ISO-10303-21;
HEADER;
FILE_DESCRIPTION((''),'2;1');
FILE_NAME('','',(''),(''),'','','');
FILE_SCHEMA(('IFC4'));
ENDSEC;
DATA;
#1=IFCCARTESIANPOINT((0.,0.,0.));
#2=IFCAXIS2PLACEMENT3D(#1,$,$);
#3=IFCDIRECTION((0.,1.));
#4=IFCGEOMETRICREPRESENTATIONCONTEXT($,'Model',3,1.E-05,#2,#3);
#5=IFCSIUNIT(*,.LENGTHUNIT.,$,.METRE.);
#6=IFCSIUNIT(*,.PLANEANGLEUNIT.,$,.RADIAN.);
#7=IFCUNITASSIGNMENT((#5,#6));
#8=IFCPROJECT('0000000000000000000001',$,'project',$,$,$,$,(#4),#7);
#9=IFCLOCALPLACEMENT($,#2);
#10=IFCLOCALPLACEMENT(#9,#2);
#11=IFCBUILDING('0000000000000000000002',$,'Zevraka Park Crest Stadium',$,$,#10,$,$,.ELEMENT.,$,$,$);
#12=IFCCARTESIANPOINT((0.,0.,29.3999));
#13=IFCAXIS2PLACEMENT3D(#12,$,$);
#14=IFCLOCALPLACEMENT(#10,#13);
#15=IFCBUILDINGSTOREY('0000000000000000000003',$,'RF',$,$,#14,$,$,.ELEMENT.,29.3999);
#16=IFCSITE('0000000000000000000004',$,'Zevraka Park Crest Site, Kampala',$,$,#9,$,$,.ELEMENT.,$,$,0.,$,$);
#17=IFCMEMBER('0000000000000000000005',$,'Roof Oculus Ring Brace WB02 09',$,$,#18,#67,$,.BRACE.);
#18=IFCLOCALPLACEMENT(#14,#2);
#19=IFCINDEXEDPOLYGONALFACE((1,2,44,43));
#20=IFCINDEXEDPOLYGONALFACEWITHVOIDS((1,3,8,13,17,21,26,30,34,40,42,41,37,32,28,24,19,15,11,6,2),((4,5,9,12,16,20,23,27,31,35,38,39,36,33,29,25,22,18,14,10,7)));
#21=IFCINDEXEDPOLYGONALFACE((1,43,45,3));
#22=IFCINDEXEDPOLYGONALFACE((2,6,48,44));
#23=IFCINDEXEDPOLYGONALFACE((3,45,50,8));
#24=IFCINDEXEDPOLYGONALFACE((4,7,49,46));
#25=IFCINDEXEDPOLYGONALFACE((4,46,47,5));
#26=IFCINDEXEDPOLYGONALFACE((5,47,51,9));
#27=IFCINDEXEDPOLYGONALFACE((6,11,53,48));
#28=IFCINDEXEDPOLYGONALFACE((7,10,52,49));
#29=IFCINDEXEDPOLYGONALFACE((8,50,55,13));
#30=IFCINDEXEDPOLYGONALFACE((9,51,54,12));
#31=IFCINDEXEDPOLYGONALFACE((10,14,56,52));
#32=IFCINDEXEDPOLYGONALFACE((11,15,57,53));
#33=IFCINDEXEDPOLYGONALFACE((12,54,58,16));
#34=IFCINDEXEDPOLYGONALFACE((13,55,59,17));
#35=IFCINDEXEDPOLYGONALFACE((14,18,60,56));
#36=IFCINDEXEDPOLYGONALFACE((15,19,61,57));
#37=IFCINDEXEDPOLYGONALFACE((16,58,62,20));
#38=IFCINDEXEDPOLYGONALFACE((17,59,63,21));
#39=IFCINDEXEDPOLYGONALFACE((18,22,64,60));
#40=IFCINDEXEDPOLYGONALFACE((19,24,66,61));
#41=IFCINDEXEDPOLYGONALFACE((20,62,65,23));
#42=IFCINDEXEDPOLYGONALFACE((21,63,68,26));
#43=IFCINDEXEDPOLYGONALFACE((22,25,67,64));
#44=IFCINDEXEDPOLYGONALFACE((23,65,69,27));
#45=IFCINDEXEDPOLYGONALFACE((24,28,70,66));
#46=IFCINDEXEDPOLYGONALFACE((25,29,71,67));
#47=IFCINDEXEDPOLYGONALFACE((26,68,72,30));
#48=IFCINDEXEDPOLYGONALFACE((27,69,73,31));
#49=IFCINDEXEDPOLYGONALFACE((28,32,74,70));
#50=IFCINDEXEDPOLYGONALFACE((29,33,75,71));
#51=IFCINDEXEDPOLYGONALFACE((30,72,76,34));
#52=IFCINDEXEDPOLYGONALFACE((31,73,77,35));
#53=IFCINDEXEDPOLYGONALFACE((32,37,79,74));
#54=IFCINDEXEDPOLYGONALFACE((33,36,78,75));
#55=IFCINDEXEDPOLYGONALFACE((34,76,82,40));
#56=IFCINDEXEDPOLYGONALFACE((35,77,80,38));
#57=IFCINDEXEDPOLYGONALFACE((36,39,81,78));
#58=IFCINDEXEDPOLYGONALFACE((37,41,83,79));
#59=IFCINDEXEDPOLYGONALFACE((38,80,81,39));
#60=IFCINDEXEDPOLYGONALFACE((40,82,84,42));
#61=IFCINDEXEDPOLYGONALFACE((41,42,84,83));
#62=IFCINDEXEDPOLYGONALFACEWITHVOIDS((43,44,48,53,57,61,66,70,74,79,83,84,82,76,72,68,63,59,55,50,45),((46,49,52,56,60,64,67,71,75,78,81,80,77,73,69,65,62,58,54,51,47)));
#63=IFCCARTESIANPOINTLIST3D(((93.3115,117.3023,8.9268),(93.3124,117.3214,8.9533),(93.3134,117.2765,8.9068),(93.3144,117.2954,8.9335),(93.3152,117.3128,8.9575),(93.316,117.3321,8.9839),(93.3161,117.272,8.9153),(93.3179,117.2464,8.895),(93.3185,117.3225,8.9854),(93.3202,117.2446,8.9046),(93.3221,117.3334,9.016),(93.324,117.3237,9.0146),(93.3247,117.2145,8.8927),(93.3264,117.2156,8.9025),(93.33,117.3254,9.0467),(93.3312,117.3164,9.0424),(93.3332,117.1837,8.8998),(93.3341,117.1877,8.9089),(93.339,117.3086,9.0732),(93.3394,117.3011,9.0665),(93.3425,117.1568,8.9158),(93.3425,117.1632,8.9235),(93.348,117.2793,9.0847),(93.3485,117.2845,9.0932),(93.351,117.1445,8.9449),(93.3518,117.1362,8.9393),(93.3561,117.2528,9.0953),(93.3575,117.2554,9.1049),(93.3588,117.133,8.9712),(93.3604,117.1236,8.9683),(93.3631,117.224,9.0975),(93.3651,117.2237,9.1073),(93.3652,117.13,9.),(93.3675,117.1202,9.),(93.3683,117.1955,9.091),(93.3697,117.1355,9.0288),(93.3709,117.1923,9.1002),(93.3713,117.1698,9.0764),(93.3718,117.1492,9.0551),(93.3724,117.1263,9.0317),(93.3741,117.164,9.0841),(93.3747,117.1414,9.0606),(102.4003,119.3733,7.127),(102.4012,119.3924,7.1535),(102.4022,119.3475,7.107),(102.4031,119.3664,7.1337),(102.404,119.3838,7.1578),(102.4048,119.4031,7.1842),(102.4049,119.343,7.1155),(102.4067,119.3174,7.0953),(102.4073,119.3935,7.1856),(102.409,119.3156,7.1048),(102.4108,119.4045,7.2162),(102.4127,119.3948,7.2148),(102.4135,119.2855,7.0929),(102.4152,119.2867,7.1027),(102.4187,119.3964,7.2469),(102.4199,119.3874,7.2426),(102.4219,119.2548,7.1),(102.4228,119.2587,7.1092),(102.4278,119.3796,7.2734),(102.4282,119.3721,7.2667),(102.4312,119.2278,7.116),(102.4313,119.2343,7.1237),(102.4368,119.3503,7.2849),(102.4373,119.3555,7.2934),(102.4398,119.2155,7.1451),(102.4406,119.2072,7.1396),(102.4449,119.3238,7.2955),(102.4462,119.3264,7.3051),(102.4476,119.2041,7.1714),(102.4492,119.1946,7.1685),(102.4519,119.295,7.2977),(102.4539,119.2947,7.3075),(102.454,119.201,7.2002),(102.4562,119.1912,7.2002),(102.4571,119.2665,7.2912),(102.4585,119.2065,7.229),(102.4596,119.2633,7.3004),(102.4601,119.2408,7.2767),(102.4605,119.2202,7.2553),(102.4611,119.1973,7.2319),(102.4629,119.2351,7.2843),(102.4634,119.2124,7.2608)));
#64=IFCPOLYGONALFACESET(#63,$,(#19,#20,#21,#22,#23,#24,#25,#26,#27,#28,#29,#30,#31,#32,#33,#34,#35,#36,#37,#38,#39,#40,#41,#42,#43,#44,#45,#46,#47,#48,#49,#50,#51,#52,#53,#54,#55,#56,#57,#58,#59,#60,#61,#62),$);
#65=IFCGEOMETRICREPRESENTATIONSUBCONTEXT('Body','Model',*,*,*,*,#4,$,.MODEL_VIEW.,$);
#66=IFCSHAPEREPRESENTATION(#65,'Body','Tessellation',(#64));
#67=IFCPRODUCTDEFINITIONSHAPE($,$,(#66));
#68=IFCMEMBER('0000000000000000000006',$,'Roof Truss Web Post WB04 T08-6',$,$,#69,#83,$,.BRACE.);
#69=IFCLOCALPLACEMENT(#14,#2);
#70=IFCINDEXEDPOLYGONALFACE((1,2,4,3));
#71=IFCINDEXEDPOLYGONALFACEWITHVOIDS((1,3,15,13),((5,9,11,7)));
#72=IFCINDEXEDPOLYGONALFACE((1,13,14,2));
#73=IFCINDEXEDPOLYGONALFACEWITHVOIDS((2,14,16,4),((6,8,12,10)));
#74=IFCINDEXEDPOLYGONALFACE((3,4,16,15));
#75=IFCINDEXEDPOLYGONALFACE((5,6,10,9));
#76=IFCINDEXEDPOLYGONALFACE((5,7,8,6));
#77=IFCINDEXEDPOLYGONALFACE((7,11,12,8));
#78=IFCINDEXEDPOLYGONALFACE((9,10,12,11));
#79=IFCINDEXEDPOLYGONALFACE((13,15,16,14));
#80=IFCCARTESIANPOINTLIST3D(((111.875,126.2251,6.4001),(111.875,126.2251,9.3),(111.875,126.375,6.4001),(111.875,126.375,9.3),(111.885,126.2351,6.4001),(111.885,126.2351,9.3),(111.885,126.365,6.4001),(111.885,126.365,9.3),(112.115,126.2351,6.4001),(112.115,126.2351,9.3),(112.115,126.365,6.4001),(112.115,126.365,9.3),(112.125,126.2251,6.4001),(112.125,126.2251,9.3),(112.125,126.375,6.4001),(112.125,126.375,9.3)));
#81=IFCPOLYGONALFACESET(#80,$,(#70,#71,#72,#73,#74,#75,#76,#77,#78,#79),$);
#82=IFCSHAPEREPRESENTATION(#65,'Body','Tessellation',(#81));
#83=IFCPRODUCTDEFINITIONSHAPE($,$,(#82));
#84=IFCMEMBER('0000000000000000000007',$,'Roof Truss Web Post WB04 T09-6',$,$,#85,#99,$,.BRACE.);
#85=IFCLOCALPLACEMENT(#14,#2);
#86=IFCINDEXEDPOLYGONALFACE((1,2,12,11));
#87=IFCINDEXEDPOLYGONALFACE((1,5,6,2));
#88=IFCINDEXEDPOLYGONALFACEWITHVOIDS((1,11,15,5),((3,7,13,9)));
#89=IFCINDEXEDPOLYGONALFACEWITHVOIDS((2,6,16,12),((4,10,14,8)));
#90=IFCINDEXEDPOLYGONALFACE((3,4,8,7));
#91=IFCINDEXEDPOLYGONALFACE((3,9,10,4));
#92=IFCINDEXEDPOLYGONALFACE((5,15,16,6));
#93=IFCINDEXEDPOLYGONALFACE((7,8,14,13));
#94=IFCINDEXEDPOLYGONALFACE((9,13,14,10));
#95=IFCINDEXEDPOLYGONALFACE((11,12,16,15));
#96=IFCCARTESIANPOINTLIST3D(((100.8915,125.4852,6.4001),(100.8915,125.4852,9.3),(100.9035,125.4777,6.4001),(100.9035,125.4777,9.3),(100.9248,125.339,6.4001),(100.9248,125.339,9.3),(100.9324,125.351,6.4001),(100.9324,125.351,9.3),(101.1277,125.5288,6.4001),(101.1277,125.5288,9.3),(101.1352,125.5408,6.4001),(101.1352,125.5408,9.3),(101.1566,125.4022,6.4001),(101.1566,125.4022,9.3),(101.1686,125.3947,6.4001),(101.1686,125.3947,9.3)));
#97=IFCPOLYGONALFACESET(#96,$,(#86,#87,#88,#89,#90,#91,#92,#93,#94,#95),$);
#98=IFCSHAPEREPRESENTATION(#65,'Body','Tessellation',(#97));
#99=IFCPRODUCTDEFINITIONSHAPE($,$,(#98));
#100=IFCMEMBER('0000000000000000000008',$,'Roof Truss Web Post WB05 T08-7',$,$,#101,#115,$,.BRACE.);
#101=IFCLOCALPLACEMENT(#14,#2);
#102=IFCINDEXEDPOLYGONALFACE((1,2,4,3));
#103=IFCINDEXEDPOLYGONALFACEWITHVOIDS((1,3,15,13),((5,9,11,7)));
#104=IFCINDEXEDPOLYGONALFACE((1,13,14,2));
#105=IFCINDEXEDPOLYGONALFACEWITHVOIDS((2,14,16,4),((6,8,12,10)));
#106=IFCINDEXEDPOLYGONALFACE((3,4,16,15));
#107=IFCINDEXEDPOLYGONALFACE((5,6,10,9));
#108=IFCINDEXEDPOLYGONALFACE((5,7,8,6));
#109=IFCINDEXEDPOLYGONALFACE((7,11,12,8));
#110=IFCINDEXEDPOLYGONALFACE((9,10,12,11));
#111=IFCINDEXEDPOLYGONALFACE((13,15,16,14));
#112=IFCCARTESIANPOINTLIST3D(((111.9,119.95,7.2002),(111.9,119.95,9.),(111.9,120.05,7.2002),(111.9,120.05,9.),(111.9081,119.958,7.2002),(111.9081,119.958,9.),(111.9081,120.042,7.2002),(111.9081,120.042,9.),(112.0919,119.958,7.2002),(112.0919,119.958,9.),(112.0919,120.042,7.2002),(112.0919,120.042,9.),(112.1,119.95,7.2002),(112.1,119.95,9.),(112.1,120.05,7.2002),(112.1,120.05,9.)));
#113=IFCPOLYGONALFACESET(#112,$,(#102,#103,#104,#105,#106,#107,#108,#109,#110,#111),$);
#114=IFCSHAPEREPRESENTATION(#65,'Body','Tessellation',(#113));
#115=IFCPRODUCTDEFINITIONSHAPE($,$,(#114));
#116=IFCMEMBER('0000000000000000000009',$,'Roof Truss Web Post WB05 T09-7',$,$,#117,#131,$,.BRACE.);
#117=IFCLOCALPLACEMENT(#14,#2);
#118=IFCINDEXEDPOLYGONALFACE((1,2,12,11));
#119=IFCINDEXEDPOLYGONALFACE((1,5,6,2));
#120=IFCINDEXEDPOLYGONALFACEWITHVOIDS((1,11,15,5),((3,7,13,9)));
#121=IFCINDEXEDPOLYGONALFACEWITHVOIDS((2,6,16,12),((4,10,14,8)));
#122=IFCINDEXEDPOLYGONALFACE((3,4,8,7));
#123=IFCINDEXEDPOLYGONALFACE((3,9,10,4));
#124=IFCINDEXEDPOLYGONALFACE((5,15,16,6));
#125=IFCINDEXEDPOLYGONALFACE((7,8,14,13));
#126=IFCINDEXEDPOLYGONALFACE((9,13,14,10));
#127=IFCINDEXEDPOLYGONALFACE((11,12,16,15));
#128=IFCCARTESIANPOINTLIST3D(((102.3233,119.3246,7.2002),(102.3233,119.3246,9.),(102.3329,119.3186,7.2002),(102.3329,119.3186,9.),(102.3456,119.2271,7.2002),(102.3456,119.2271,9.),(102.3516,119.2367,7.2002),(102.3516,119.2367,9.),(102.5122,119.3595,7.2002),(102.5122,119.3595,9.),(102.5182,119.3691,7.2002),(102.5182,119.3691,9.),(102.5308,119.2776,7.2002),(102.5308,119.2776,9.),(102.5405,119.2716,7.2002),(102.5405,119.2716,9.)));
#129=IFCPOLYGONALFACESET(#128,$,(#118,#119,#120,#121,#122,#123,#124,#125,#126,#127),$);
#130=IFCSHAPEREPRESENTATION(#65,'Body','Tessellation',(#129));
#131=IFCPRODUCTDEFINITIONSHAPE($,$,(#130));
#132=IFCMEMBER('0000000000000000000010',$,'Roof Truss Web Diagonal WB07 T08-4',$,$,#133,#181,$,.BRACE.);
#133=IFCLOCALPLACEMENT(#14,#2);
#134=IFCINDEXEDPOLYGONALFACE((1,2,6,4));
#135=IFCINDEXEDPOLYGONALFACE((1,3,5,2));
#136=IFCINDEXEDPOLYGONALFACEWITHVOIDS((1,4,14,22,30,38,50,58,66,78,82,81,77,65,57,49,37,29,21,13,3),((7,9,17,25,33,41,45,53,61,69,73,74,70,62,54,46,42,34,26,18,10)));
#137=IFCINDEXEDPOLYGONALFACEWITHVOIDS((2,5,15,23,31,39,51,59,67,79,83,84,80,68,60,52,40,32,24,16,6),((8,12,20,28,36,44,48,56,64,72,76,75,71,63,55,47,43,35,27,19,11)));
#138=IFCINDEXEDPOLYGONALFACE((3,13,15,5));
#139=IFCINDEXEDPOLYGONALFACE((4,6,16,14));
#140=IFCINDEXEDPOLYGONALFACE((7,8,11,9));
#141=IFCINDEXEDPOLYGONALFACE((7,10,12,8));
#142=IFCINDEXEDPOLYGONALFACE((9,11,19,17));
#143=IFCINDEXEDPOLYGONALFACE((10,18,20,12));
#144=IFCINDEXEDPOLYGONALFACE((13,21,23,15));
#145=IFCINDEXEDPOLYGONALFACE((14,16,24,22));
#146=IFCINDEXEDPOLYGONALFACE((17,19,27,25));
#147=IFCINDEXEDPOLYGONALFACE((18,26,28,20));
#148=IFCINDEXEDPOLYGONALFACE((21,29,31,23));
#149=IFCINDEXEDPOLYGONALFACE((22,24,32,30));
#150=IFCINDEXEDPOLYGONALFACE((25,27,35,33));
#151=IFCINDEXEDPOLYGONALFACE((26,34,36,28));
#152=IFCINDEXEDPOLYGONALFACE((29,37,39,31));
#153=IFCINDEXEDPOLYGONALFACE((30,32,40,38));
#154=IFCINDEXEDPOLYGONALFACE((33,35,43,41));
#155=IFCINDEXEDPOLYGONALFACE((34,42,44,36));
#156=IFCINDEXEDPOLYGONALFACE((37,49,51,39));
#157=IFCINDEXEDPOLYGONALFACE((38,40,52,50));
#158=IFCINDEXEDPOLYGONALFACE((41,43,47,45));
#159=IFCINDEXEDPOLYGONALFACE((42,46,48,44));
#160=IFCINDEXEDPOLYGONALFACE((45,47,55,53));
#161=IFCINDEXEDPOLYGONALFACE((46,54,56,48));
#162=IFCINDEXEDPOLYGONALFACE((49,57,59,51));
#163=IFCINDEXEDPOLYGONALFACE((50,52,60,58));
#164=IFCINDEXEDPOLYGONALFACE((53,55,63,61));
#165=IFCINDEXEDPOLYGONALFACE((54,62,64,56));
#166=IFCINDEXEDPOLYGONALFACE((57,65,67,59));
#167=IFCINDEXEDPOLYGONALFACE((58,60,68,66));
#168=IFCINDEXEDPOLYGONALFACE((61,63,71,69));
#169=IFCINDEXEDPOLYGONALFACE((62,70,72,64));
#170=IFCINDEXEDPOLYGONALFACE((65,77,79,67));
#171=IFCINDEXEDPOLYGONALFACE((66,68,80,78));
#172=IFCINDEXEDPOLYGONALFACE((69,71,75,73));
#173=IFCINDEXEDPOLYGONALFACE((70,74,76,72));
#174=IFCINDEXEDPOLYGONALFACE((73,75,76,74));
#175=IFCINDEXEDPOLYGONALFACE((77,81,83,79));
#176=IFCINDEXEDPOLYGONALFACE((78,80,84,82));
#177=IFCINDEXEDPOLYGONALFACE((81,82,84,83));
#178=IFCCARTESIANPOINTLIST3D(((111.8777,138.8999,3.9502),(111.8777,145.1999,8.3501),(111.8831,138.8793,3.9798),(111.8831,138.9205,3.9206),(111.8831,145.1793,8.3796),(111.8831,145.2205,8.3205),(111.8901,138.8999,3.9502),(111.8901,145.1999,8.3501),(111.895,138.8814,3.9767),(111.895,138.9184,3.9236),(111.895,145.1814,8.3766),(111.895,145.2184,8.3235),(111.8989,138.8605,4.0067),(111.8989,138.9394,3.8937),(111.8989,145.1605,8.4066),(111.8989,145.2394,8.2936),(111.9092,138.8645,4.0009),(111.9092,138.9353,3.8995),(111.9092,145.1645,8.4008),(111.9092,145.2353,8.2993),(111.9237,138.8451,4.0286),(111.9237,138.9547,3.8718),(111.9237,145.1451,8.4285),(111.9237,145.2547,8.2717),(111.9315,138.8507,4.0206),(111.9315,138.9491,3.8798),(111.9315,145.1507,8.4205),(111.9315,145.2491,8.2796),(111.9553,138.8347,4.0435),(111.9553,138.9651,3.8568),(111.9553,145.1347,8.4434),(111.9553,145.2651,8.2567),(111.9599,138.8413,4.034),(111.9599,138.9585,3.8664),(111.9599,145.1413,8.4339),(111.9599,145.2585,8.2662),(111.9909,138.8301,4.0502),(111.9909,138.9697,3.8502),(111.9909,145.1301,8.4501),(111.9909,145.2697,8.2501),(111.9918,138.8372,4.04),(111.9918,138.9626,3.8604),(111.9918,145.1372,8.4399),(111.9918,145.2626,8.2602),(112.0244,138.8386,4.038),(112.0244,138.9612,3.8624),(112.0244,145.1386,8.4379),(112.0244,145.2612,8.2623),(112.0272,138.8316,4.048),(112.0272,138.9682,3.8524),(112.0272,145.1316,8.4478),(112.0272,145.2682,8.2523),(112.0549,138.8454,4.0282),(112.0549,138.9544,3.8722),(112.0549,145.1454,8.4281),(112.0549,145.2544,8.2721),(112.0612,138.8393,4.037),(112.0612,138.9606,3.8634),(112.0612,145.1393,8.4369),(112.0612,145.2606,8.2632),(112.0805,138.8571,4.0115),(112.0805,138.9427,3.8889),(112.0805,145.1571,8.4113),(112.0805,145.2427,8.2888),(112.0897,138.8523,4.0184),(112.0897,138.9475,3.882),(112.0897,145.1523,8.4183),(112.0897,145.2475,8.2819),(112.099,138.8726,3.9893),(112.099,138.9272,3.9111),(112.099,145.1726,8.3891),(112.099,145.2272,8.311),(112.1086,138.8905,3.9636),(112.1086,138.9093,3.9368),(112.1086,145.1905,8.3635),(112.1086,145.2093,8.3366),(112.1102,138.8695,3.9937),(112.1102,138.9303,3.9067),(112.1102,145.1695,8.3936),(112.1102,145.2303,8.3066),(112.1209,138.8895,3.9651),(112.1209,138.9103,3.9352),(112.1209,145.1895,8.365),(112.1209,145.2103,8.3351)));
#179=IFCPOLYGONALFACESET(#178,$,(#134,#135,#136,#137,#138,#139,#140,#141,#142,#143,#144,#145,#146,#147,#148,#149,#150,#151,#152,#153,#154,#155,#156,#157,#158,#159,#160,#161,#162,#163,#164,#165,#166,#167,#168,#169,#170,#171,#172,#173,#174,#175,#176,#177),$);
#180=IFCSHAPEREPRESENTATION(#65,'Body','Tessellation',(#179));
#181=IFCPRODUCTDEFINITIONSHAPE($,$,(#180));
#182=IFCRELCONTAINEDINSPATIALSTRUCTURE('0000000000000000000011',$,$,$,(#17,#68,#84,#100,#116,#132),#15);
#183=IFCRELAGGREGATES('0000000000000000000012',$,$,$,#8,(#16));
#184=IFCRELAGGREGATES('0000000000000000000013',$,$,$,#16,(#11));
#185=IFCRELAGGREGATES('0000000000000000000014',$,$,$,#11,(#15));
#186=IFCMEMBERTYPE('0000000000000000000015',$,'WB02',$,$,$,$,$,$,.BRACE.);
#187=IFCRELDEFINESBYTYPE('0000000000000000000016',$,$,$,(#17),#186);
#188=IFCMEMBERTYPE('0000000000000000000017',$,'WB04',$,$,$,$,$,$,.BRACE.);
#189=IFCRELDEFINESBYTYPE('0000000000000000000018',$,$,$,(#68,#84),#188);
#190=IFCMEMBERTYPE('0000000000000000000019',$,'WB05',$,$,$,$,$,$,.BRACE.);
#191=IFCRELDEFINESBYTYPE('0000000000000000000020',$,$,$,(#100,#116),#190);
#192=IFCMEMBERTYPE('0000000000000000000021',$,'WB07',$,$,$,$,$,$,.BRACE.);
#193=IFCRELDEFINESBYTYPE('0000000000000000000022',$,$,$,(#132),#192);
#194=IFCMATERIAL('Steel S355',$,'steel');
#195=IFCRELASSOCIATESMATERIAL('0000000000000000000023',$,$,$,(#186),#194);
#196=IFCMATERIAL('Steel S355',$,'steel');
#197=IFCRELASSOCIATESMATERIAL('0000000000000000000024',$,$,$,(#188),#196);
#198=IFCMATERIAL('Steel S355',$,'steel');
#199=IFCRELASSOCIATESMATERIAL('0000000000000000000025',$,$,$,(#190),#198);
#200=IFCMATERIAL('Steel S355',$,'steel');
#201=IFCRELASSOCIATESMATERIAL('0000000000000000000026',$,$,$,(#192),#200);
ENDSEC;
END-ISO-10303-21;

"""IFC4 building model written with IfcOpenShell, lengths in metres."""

from ifc_helpers import new_model, si_unit, direction, frame, origin, origin_2d, place, context, subcontext, project, spatial, hollow_rectangle, hollow_circle, extrude, material, material_profile, profile_set, type_object, element, save


model = new_model("IFC4")

# Units and contexts
model_context = context("Model", 3, precision=1e-05, world=origin(), true_north=direction((0.0, 1.0)))
body_context = subcontext(model_context, "Body", "Model", "MODEL_VIEW")
ifc_project = project(units=[si_unit("LENGTHUNIT", "METRE"), si_unit("PLANEANGLEUNIT", "RADIAN")], contexts=[model_context])

# Site, building, storey
site_placement = place(None, origin())
site = spatial("IfcSite", under=ifc_project, at=site_placement, Name="Zevraka Park Crest Site, Kampala", CompositionType="ELEMENT", RefElevation=0.0)
building_placement = place(site_placement, origin())
building = spatial("IfcBuilding", under=site, at=building_placement, Name="Zevraka Park Crest Stadium", CompositionType="ELEMENT")
storey_placement = place(building_placement, frame((0.0, 0.0, 29.3999)))
storey = spatial("IfcBuildingStorey", under=building, at=storey_placement, Name="RF", CompositionType="ELEMENT", Elevation=29.3999)

# Members
ifc_material_1 = material(Name="Steel S355", Category="steel")
ifc_material_profile_1 = material_profile(ifc_material_1, hollow_circle(Radius=0.1096, WallThickness=0.01, at=origin_2d()), Name="CHS 219.1x10")
ifc_profile_set_1 = profile_set([ifc_material_profile_1], Name="Steel S355")
member_type_1 = type_object("IfcMemberType", Name="WB02", PredefinedType="BRACE", material=ifc_profile_set_1)
member_1_placement = place(storey_placement, frame((102.4319, 119.2981, 7.2002), z_axis=(-0.957328, -0.218143, 0.189573), x_axis=(0.222171, -0.975008, 0.0)))
element("IfcMember", 1, at=member_1_placement, inside=storey, type_object=member_type_1, Name="Roof Oculus Ring Brace WB02 09", PredefinedType="BRACE", context=body_context, shape_type="SweptSolid", body=[
    extrude(hollow_circle(Radius=0.1096, WallThickness=0.01, at=origin_2d()), origin(), (0.0, 0.0, 1.0), 9.4939),
])
ifc_material_2 = material(Name="Steel S355", Category="steel")
ifc_material_profile_2 = material_profile(ifc_material_2, hollow_rectangle(XDim=0.1499, YDim=0.25, WallThickness=0.01, at=origin_2d()), Name="RHS 250x150x10")
ifc_profile_set_2 = profile_set([ifc_material_profile_2], Name="Steel S355")
member_type_2 = type_object("IfcMemberType", Name="WB04", PredefinedType="BRACE", material=ifc_profile_set_2)
for number, where, z_axis, x_axis, name in (
    (2, (112.0, 126.3, 6.4001), (0.0, 0.0, 1.0), (0.0, 1.0, 0.0), "Roof Truss Web Post WB04 T08-6"),
    (3, (101.03, 125.4399, 6.4001), (0.0, 0.0, 1.0), (-0.22257, 0.974917, 0.0), "Roof Truss Web Post WB04 T09-6"),
):
    element("IfcMember", number, at=place(storey_placement, frame(where, z_axis=z_axis, x_axis=x_axis)), inside=storey, type_object=member_type_2, Name=name, PredefinedType="BRACE", context=body_context, shape_type="SweptSolid", body=[
        extrude(hollow_rectangle(XDim=0.1499, YDim=0.25, WallThickness=0.01, at=origin_2d()), origin(), (0.0, 0.0, 1.0), 2.8999),
    ])
ifc_material_3 = material(Name="Steel S355", Category="steel")
ifc_material_profile_3 = material_profile(ifc_material_3, hollow_rectangle(XDim=0.1001, YDim=0.2, WallThickness=0.0081, at=origin_2d()), Name="RHS 200x100x8")
ifc_profile_set_3 = profile_set([ifc_material_profile_3], Name="Steel S355")
member_type_3 = type_object("IfcMemberType", Name="WB05", PredefinedType="BRACE", material=ifc_profile_set_3)
for number, where, z_axis, x_axis, name in (
    (4, (112.0, 120.0, 7.2002), (0.0, 0.0, 1.0), (0.0, 1.0, 0.0), "Roof Truss Web Post WB05 T08-7"),
    (5, (102.4319, 119.2981, 7.2002), (0.0, 0.0, 1.0), (-0.22257, 0.974917, 0.0), "Roof Truss Web Post WB05 T09-7"),
):
    element("IfcMember", number, at=place(storey_placement, frame(where, z_axis=z_axis, x_axis=x_axis)), inside=storey, type_object=member_type_3, Name=name, PredefinedType="BRACE", context=body_context, shape_type="SweptSolid", body=[
        extrude(hollow_rectangle(XDim=0.1001, YDim=0.2, WallThickness=0.0081, at=origin_2d()), origin(), (0.0, 0.0, 1.0), 1.7998),
    ])
ifc_material_4 = material(Name="Steel S355", Category="steel")
ifc_material_profile_4 = material_profile(ifc_material_4, hollow_circle(Radius=0.1223, WallThickness=0.0125, at=origin_2d()), Name="CHS 244.5x12.5")
ifc_profile_set_4 = profile_set([ifc_material_profile_4], Name="Steel S355")
member_type_4 = type_object("IfcMemberType", Name="WB07", PredefinedType="BRACE", material=ifc_profile_set_4)
member_2_placement = place(storey_placement, frame((112.0, 138.8999, 3.9502), z_axis=(0.0, 0.819851, 0.572577), x_axis=(-1.0, 0.0, 0.0)))
element("IfcMember", 6, at=member_2_placement, inside=storey, type_object=member_type_4, Name="Roof Truss Web Diagonal WB07 T08-4", PredefinedType="BRACE", context=body_context, shape_type="SweptSolid", body=[
    extrude(hollow_circle(Radius=0.1223, WallThickness=0.0125, at=origin_2d()), origin(), (0.0, 0.0, 1.0), 7.6843),
])

save(model, "model.ifc")
